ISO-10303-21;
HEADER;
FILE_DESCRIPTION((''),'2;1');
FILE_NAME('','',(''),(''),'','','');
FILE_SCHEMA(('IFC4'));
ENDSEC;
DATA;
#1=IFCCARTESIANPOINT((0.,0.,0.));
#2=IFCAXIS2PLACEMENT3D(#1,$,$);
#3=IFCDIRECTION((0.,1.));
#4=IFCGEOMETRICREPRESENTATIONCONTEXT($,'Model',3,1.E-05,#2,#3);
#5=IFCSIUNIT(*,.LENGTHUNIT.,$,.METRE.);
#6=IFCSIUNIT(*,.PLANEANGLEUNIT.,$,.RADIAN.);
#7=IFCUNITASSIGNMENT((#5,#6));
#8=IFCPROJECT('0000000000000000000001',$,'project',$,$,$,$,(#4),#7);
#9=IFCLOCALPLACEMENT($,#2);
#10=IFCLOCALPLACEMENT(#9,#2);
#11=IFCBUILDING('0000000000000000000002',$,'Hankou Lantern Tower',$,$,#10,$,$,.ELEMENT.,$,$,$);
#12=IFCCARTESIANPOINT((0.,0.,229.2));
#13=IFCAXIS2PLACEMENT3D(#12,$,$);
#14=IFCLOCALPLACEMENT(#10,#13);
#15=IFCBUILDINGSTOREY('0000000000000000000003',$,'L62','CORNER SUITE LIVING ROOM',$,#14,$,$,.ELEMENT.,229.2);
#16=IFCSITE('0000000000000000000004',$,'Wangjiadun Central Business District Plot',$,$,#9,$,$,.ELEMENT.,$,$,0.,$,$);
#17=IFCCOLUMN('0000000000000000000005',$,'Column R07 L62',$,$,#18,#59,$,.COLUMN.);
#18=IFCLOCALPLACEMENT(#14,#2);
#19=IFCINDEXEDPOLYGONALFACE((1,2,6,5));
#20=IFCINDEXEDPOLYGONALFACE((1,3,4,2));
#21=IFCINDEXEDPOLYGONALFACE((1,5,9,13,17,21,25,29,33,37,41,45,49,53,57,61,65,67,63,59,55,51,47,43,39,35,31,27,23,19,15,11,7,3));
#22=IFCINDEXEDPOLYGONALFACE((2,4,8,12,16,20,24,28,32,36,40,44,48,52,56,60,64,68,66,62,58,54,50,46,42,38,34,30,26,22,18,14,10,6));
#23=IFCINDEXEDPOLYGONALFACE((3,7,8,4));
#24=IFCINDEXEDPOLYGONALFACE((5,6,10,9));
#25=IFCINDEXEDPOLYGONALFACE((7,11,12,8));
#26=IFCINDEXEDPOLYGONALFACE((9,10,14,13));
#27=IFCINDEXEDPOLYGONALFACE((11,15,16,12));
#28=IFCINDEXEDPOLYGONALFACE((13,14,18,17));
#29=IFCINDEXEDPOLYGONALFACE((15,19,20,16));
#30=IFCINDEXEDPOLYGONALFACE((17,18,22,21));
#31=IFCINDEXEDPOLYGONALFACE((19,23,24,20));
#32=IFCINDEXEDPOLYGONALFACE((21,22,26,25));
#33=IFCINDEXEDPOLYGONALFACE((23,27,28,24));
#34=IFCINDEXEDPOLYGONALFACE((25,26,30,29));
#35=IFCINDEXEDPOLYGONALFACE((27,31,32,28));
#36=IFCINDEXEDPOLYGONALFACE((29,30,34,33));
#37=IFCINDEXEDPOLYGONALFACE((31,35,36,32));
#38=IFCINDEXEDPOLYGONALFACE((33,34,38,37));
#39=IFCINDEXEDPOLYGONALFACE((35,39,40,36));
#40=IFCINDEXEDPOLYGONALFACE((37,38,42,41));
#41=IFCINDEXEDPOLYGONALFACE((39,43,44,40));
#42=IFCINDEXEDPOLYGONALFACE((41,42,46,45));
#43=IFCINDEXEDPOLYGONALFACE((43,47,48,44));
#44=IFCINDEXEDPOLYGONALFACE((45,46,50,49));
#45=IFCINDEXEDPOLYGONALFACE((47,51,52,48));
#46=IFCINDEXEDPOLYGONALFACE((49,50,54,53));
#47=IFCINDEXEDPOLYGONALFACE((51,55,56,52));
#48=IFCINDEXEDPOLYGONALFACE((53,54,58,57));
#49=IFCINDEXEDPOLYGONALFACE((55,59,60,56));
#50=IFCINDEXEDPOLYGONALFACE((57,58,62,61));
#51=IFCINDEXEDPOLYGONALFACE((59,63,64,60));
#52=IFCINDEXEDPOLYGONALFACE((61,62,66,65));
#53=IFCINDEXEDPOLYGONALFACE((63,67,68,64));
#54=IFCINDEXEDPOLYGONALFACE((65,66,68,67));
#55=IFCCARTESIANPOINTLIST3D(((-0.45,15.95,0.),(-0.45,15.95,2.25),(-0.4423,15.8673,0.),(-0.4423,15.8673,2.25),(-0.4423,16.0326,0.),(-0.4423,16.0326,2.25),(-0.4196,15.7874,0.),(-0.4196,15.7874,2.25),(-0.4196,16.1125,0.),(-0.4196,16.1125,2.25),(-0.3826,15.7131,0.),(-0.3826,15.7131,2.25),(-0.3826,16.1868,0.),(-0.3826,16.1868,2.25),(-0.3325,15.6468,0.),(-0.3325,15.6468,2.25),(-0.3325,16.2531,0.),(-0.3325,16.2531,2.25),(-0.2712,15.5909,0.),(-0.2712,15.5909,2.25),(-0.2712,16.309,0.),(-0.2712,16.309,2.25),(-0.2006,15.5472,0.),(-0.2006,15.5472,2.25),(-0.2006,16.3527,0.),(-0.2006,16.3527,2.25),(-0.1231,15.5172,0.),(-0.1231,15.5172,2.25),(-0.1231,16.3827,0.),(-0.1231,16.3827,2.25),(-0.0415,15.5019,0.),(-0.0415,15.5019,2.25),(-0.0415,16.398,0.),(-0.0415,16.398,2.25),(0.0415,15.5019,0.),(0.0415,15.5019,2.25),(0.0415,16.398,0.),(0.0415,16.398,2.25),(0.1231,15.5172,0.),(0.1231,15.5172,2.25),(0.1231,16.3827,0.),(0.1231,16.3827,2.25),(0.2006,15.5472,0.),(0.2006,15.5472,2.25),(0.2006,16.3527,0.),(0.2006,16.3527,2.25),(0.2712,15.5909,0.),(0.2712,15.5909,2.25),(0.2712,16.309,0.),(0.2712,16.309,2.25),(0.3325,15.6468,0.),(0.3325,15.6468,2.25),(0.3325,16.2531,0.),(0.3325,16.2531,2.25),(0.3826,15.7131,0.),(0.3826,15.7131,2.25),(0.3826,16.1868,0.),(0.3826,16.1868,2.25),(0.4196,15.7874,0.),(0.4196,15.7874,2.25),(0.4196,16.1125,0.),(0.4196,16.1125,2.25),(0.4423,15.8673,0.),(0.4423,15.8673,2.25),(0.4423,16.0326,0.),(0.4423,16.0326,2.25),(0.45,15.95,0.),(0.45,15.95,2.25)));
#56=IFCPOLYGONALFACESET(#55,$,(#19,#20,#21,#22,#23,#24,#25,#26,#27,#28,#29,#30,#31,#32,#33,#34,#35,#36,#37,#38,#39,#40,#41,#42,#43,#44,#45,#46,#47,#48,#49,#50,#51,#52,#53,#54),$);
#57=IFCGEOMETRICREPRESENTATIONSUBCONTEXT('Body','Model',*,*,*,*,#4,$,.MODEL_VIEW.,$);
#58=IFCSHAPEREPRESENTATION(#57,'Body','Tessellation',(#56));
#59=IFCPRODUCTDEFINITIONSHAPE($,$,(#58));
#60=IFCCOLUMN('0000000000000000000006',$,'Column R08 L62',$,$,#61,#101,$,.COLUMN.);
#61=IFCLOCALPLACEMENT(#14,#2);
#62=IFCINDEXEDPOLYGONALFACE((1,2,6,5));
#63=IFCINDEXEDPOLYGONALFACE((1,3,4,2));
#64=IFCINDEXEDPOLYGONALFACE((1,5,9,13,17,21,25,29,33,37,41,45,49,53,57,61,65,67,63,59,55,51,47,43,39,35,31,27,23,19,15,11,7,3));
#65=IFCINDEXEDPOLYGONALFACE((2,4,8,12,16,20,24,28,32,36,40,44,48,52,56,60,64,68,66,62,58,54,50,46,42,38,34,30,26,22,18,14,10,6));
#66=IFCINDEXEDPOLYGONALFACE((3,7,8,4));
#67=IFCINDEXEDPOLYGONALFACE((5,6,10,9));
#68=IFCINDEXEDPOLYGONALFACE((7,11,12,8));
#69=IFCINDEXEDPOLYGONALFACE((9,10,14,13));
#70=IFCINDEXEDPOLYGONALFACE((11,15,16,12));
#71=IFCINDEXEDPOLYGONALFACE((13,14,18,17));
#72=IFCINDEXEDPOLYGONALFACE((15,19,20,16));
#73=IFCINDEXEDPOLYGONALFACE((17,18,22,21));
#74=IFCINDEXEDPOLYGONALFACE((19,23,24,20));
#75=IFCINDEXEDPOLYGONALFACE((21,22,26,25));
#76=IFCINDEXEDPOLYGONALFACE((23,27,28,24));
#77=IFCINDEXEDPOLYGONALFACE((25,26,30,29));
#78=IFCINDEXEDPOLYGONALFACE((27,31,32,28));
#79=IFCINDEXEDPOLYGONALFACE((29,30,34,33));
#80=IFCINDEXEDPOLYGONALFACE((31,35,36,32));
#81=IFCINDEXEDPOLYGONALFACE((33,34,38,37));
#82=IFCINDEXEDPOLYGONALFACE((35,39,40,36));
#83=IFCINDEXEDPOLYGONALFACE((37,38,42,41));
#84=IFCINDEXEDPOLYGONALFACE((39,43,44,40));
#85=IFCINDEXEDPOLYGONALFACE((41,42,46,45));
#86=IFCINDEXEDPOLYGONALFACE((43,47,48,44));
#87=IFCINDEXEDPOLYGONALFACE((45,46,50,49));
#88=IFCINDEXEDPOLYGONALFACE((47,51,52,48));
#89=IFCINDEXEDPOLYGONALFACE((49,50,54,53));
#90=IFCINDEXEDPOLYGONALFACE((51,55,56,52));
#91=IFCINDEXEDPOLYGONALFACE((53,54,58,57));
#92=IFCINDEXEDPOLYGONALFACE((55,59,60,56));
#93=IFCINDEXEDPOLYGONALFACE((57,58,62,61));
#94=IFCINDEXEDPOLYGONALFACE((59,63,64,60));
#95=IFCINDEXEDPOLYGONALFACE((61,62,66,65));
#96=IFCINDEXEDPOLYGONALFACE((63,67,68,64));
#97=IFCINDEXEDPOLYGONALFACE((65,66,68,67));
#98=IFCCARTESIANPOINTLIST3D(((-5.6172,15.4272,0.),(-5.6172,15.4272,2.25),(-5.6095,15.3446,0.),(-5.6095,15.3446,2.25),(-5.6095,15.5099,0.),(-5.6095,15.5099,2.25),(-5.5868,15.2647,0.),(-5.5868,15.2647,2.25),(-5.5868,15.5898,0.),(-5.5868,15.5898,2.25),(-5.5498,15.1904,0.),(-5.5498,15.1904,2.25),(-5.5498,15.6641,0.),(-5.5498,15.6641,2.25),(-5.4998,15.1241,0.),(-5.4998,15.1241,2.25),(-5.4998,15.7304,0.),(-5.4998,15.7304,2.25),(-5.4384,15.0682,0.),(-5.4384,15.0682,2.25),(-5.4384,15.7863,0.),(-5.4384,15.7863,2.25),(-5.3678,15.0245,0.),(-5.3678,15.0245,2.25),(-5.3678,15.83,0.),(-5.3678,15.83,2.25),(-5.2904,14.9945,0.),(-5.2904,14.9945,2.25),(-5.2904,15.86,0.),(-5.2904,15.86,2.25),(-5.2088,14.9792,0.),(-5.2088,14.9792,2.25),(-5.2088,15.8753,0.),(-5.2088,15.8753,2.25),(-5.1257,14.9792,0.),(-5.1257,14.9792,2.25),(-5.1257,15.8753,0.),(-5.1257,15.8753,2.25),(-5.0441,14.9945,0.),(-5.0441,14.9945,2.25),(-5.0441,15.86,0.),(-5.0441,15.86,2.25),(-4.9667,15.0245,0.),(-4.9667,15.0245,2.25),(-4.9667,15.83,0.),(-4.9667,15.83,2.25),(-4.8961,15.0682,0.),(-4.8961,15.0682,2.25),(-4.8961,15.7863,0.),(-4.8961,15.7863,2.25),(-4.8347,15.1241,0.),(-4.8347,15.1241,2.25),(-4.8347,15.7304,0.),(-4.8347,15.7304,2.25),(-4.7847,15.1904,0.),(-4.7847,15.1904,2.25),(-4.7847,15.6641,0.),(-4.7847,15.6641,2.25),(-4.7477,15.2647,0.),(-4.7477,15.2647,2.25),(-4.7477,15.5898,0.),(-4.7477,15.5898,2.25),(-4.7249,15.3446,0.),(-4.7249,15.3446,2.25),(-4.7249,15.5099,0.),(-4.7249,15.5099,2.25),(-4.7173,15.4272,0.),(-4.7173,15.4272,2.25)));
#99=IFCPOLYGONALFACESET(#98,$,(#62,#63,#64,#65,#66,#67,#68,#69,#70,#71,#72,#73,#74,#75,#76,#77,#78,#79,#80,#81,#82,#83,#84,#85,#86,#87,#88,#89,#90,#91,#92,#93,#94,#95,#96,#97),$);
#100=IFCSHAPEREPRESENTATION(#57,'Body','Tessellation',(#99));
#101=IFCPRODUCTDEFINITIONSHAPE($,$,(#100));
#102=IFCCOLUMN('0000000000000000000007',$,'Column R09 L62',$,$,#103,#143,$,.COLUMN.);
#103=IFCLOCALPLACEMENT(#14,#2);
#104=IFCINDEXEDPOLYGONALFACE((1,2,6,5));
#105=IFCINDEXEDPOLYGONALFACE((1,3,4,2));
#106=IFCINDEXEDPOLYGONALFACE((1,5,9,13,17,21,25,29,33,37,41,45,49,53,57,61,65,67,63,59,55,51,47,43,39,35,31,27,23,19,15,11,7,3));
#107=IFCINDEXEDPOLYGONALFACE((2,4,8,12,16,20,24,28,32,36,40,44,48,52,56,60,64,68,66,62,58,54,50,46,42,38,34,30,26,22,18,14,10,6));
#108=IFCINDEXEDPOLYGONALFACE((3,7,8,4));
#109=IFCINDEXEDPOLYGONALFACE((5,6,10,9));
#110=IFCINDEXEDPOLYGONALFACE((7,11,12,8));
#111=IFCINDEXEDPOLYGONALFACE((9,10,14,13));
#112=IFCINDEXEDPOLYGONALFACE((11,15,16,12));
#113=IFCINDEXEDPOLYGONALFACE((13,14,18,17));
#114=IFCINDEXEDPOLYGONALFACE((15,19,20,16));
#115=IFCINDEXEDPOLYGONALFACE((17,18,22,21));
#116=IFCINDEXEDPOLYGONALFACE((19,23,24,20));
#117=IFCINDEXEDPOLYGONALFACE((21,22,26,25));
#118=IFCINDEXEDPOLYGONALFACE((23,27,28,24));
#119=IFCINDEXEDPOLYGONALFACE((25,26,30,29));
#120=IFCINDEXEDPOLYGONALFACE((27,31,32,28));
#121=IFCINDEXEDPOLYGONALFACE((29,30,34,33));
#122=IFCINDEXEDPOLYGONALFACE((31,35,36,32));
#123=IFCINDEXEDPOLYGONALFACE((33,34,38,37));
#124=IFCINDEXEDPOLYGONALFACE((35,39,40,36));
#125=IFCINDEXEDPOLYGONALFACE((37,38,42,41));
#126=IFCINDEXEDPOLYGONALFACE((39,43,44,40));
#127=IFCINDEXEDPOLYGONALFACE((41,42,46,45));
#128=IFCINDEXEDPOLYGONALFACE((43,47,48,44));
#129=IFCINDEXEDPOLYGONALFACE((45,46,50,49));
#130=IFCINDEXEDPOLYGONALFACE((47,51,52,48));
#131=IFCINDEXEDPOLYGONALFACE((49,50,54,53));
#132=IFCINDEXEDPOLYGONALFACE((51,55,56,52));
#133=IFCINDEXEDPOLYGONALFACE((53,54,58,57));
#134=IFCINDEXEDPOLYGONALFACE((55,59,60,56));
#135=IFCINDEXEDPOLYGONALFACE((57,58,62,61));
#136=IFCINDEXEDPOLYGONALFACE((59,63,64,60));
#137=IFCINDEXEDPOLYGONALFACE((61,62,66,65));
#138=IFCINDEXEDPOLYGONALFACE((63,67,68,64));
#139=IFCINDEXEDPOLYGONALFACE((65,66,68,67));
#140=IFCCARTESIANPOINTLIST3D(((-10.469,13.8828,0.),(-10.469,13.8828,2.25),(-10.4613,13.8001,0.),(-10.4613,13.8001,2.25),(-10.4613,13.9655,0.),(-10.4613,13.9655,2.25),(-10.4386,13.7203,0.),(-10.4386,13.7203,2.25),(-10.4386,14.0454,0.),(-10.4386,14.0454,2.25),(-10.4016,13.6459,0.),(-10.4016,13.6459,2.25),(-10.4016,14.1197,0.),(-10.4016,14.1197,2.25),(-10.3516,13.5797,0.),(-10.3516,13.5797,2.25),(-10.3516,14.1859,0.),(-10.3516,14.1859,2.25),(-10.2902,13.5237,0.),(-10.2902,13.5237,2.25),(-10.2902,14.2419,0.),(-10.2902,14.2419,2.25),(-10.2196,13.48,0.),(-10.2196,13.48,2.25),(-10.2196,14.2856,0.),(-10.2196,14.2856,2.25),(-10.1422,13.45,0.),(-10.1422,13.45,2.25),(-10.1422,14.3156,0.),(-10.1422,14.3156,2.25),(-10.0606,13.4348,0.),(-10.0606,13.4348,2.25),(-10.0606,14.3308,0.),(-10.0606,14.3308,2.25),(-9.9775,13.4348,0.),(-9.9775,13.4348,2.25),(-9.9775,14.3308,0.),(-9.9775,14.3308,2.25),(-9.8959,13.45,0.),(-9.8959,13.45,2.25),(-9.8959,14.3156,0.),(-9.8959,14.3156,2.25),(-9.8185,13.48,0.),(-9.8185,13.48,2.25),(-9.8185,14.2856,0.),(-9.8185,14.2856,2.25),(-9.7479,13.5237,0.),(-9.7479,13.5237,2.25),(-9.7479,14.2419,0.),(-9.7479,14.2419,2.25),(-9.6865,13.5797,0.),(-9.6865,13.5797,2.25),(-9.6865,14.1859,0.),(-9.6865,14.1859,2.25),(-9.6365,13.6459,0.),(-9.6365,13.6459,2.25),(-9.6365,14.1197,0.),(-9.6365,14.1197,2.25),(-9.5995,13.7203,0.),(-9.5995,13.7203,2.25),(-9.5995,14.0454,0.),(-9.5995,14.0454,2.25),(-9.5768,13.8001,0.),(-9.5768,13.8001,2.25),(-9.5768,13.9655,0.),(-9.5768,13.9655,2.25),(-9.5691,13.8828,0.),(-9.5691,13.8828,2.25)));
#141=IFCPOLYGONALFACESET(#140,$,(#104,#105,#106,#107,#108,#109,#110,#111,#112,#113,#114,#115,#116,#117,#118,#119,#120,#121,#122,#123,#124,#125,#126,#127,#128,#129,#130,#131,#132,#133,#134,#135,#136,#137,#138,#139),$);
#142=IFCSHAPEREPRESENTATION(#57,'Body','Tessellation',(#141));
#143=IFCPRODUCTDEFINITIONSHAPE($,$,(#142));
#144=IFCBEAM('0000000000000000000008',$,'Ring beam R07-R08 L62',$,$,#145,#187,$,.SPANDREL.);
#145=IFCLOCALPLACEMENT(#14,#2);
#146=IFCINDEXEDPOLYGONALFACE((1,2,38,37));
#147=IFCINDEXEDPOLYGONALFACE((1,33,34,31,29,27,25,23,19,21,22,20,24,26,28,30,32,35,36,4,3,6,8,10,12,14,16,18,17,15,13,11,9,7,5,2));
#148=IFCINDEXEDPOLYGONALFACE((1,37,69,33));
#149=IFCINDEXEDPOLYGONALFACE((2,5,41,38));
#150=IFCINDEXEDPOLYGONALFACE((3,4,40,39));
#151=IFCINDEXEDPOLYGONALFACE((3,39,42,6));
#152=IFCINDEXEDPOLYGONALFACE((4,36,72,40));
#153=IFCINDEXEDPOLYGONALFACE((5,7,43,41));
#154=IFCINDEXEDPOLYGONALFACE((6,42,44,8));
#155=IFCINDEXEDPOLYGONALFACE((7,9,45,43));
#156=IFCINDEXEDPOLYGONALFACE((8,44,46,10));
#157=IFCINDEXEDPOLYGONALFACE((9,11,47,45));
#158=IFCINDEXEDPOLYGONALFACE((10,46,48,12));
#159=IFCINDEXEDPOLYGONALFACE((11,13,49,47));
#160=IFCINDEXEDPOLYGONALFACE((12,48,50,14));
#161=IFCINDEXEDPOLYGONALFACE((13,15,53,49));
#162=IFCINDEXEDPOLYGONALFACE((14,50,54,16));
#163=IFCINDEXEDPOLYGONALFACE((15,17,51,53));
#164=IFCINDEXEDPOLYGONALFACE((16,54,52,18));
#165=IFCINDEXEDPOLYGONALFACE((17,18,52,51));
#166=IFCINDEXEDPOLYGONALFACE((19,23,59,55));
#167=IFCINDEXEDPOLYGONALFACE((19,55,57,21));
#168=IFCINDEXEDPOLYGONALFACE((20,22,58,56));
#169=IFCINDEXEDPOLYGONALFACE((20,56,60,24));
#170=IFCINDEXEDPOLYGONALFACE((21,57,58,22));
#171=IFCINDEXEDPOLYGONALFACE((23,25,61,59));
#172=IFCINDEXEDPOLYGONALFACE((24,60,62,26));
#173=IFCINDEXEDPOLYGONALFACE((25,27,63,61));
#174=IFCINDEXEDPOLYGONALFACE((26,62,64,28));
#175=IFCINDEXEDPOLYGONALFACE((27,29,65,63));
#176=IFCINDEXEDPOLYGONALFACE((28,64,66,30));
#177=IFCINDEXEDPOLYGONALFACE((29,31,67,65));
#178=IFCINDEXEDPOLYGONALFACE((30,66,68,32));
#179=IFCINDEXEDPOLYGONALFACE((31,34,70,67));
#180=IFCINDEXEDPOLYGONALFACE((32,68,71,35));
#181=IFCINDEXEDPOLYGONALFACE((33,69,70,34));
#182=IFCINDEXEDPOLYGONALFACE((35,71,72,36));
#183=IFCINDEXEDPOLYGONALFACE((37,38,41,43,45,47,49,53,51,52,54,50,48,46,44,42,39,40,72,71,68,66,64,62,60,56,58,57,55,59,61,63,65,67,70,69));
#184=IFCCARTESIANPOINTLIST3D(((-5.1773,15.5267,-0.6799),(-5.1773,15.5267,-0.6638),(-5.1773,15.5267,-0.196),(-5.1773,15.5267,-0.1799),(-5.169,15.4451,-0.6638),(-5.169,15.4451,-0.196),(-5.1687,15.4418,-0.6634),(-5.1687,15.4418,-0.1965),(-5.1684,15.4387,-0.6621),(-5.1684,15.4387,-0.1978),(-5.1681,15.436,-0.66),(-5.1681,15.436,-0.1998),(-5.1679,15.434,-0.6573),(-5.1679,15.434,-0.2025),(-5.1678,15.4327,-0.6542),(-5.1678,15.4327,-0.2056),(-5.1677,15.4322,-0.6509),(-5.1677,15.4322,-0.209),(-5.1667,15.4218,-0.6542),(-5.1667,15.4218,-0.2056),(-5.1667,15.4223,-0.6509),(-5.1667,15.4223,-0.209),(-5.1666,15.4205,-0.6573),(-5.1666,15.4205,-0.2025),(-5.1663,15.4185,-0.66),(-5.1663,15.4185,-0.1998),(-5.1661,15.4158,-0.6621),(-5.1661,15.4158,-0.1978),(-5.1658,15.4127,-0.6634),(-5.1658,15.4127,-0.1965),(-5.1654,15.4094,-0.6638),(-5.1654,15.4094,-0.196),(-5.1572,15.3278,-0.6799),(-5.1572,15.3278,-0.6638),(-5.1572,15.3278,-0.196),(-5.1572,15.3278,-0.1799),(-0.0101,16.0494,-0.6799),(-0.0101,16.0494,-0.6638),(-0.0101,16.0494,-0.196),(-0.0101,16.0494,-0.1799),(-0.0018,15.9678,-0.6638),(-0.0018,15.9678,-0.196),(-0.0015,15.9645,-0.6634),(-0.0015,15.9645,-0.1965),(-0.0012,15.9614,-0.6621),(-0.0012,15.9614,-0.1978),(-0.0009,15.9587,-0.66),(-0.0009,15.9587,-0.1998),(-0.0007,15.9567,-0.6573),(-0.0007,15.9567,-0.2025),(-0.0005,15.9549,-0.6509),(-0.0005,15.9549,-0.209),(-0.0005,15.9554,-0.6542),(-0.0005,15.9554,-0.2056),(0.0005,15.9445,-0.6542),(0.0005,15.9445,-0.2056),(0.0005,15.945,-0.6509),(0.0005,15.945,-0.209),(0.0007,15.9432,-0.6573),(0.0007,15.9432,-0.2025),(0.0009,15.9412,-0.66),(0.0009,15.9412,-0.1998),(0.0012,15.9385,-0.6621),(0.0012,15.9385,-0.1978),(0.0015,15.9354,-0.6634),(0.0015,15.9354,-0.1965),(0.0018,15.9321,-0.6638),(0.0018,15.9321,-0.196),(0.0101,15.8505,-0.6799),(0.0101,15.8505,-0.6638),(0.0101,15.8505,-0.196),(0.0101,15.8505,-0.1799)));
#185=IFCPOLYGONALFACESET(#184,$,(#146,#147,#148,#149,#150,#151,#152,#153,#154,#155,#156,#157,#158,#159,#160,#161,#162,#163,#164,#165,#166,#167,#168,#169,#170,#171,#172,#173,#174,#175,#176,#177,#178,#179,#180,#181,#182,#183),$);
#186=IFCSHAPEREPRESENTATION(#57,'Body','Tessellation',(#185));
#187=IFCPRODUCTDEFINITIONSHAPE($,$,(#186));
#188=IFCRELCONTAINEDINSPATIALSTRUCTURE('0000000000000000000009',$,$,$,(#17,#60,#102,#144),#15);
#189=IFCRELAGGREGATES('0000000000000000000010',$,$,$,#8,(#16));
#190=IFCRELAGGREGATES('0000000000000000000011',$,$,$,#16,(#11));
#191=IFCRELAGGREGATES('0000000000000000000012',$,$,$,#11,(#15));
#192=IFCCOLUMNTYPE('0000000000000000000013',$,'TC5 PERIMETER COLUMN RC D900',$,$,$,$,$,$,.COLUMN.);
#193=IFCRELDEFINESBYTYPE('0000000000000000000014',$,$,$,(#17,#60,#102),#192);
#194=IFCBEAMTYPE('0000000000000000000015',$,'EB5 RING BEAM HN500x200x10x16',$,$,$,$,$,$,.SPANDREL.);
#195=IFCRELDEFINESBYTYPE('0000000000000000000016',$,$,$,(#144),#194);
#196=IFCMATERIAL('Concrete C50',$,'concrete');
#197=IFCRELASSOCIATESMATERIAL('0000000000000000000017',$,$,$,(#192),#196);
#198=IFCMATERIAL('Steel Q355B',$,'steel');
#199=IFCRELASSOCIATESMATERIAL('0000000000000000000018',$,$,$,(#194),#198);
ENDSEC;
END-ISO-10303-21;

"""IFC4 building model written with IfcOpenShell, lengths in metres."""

from ifc_helpers import new_model, si_unit, direction, frame, origin, origin_2d, place, context, subcontext, project, spatial, circle, i_section, extrude, clip, halfspace, material, material_profile, profile_set, type_object, element, save


model = new_model("IFC4")

# Units and contexts
model_context = context("Model", 3, precision=1e-05, world=origin(), true_north=direction((0.0, 1.0)))
body_context = subcontext(model_context, "Body", "Model", "MODEL_VIEW")
ifc_project = project(units=[si_unit("LENGTHUNIT", "METRE"), si_unit("PLANEANGLEUNIT", "RADIAN")], contexts=[model_context])

# Site, building, storey
site_placement = place(None, origin())
site = spatial("IfcSite", under=ifc_project, at=site_placement, Name="Wangjiadun Central Business District Plot", CompositionType="ELEMENT", RefElevation=0.0)
building_placement = place(site_placement, origin())
building = spatial("IfcBuilding", under=site, at=building_placement, Name="Hankou Lantern Tower", CompositionType="ELEMENT")
storey_placement = place(building_placement, frame((0.0, 0.0, 229.2)))
storey = spatial("IfcBuildingStorey", under=building, at=storey_placement, Name="L62", Description="CORNER SUITE LIVING ROOM", CompositionType="ELEMENT", Elevation=229.2)

# Columns
ifc_material_1 = material(Name="Concrete C50", Category="concrete")
ifc_material_profile_1 = material_profile(ifc_material_1, circle(Radius=0.45, at=origin_2d()), Name="RC D900")
ifc_profile_set_1 = profile_set([ifc_material_profile_1], Name="Concrete C50")
column_type = type_object("IfcColumnType", Name="TC5 PERIMETER COLUMN RC D900", PredefinedType="COLUMN", material=ifc_profile_set_1)
for number, where, z_axis, x_axis, name in (
    (1, (0.0, 15.95, 0.0), (0.0, 0.0, 1.0), (1.0, 0.0, 0.0), "Column R07 L62"),
    (2, (-5.1672, 15.4272, 0.0), (0.0, 0.0, 1.0), (1.0, 0.0, 0.0), "Column R08 L62"),
    (3, (-10.019, 13.8828, 0.0), (0.0, 0.0, 1.0), (1.0, 0.0, 0.0), "Column R09 L62"),
):
    element("IfcColumn", number, at=place(storey_placement, frame(where, z_axis=z_axis, x_axis=x_axis)), inside=storey, type_object=column_type, Name=name, PredefinedType="COLUMN", context=body_context, shape_type="Clipping", body=[
        clip(extrude(circle(Radius=0.45, at=origin_2d()), origin(), (0.0, 0.0, 1.0), 3.3), halfspace(frame((0.0, 0.0, 2.25), z_axis=(0.0, 0.0, 1.0), x_axis=(1.0, 0.0, 0.0)), False)),
    ])

# Beam
ifc_material_2 = material(Name="Steel Q355B", Category="steel")
ifc_material_profile_2 = material_profile(ifc_material_2, i_section(OverallWidth=0.2, OverallDepth=0.5, WebThickness=0.01, FlangeThickness=0.0161, FilletRadius=0.0129, at=origin_2d()), Name="HN500x200x10x16")
ifc_profile_set_2 = profile_set([ifc_material_profile_2], Name="Steel Q355B")
beam_type_1 = type_object("IfcBeamType", Name="EB5 RING BEAM HN500x200x10x16", PredefinedType="SPANDREL", material=ifc_profile_set_2)
beam_1_placement = place(storey_placement, frame((0.0, 15.95, -0.4299), z_axis=(-0.994923, -0.100644, 0.0), x_axis=(0.100644, -0.994923, 0.0)))
element("IfcBeam", 4, at=beam_1_placement, inside=storey, type_object=beam_type_1, Name="Ring beam R07-R08 L62", PredefinedType="SPANDREL", context=body_context, shape_type="SweptSolid", body=[
    extrude(i_section(OverallWidth=0.2, OverallDepth=0.5, WebThickness=0.01, FlangeThickness=0.0161, FilletRadius=0.0129, at=origin_2d()), origin(), (0.0, 0.0, 1.0), 5.1936),
])

save(model, "model.ifc")
